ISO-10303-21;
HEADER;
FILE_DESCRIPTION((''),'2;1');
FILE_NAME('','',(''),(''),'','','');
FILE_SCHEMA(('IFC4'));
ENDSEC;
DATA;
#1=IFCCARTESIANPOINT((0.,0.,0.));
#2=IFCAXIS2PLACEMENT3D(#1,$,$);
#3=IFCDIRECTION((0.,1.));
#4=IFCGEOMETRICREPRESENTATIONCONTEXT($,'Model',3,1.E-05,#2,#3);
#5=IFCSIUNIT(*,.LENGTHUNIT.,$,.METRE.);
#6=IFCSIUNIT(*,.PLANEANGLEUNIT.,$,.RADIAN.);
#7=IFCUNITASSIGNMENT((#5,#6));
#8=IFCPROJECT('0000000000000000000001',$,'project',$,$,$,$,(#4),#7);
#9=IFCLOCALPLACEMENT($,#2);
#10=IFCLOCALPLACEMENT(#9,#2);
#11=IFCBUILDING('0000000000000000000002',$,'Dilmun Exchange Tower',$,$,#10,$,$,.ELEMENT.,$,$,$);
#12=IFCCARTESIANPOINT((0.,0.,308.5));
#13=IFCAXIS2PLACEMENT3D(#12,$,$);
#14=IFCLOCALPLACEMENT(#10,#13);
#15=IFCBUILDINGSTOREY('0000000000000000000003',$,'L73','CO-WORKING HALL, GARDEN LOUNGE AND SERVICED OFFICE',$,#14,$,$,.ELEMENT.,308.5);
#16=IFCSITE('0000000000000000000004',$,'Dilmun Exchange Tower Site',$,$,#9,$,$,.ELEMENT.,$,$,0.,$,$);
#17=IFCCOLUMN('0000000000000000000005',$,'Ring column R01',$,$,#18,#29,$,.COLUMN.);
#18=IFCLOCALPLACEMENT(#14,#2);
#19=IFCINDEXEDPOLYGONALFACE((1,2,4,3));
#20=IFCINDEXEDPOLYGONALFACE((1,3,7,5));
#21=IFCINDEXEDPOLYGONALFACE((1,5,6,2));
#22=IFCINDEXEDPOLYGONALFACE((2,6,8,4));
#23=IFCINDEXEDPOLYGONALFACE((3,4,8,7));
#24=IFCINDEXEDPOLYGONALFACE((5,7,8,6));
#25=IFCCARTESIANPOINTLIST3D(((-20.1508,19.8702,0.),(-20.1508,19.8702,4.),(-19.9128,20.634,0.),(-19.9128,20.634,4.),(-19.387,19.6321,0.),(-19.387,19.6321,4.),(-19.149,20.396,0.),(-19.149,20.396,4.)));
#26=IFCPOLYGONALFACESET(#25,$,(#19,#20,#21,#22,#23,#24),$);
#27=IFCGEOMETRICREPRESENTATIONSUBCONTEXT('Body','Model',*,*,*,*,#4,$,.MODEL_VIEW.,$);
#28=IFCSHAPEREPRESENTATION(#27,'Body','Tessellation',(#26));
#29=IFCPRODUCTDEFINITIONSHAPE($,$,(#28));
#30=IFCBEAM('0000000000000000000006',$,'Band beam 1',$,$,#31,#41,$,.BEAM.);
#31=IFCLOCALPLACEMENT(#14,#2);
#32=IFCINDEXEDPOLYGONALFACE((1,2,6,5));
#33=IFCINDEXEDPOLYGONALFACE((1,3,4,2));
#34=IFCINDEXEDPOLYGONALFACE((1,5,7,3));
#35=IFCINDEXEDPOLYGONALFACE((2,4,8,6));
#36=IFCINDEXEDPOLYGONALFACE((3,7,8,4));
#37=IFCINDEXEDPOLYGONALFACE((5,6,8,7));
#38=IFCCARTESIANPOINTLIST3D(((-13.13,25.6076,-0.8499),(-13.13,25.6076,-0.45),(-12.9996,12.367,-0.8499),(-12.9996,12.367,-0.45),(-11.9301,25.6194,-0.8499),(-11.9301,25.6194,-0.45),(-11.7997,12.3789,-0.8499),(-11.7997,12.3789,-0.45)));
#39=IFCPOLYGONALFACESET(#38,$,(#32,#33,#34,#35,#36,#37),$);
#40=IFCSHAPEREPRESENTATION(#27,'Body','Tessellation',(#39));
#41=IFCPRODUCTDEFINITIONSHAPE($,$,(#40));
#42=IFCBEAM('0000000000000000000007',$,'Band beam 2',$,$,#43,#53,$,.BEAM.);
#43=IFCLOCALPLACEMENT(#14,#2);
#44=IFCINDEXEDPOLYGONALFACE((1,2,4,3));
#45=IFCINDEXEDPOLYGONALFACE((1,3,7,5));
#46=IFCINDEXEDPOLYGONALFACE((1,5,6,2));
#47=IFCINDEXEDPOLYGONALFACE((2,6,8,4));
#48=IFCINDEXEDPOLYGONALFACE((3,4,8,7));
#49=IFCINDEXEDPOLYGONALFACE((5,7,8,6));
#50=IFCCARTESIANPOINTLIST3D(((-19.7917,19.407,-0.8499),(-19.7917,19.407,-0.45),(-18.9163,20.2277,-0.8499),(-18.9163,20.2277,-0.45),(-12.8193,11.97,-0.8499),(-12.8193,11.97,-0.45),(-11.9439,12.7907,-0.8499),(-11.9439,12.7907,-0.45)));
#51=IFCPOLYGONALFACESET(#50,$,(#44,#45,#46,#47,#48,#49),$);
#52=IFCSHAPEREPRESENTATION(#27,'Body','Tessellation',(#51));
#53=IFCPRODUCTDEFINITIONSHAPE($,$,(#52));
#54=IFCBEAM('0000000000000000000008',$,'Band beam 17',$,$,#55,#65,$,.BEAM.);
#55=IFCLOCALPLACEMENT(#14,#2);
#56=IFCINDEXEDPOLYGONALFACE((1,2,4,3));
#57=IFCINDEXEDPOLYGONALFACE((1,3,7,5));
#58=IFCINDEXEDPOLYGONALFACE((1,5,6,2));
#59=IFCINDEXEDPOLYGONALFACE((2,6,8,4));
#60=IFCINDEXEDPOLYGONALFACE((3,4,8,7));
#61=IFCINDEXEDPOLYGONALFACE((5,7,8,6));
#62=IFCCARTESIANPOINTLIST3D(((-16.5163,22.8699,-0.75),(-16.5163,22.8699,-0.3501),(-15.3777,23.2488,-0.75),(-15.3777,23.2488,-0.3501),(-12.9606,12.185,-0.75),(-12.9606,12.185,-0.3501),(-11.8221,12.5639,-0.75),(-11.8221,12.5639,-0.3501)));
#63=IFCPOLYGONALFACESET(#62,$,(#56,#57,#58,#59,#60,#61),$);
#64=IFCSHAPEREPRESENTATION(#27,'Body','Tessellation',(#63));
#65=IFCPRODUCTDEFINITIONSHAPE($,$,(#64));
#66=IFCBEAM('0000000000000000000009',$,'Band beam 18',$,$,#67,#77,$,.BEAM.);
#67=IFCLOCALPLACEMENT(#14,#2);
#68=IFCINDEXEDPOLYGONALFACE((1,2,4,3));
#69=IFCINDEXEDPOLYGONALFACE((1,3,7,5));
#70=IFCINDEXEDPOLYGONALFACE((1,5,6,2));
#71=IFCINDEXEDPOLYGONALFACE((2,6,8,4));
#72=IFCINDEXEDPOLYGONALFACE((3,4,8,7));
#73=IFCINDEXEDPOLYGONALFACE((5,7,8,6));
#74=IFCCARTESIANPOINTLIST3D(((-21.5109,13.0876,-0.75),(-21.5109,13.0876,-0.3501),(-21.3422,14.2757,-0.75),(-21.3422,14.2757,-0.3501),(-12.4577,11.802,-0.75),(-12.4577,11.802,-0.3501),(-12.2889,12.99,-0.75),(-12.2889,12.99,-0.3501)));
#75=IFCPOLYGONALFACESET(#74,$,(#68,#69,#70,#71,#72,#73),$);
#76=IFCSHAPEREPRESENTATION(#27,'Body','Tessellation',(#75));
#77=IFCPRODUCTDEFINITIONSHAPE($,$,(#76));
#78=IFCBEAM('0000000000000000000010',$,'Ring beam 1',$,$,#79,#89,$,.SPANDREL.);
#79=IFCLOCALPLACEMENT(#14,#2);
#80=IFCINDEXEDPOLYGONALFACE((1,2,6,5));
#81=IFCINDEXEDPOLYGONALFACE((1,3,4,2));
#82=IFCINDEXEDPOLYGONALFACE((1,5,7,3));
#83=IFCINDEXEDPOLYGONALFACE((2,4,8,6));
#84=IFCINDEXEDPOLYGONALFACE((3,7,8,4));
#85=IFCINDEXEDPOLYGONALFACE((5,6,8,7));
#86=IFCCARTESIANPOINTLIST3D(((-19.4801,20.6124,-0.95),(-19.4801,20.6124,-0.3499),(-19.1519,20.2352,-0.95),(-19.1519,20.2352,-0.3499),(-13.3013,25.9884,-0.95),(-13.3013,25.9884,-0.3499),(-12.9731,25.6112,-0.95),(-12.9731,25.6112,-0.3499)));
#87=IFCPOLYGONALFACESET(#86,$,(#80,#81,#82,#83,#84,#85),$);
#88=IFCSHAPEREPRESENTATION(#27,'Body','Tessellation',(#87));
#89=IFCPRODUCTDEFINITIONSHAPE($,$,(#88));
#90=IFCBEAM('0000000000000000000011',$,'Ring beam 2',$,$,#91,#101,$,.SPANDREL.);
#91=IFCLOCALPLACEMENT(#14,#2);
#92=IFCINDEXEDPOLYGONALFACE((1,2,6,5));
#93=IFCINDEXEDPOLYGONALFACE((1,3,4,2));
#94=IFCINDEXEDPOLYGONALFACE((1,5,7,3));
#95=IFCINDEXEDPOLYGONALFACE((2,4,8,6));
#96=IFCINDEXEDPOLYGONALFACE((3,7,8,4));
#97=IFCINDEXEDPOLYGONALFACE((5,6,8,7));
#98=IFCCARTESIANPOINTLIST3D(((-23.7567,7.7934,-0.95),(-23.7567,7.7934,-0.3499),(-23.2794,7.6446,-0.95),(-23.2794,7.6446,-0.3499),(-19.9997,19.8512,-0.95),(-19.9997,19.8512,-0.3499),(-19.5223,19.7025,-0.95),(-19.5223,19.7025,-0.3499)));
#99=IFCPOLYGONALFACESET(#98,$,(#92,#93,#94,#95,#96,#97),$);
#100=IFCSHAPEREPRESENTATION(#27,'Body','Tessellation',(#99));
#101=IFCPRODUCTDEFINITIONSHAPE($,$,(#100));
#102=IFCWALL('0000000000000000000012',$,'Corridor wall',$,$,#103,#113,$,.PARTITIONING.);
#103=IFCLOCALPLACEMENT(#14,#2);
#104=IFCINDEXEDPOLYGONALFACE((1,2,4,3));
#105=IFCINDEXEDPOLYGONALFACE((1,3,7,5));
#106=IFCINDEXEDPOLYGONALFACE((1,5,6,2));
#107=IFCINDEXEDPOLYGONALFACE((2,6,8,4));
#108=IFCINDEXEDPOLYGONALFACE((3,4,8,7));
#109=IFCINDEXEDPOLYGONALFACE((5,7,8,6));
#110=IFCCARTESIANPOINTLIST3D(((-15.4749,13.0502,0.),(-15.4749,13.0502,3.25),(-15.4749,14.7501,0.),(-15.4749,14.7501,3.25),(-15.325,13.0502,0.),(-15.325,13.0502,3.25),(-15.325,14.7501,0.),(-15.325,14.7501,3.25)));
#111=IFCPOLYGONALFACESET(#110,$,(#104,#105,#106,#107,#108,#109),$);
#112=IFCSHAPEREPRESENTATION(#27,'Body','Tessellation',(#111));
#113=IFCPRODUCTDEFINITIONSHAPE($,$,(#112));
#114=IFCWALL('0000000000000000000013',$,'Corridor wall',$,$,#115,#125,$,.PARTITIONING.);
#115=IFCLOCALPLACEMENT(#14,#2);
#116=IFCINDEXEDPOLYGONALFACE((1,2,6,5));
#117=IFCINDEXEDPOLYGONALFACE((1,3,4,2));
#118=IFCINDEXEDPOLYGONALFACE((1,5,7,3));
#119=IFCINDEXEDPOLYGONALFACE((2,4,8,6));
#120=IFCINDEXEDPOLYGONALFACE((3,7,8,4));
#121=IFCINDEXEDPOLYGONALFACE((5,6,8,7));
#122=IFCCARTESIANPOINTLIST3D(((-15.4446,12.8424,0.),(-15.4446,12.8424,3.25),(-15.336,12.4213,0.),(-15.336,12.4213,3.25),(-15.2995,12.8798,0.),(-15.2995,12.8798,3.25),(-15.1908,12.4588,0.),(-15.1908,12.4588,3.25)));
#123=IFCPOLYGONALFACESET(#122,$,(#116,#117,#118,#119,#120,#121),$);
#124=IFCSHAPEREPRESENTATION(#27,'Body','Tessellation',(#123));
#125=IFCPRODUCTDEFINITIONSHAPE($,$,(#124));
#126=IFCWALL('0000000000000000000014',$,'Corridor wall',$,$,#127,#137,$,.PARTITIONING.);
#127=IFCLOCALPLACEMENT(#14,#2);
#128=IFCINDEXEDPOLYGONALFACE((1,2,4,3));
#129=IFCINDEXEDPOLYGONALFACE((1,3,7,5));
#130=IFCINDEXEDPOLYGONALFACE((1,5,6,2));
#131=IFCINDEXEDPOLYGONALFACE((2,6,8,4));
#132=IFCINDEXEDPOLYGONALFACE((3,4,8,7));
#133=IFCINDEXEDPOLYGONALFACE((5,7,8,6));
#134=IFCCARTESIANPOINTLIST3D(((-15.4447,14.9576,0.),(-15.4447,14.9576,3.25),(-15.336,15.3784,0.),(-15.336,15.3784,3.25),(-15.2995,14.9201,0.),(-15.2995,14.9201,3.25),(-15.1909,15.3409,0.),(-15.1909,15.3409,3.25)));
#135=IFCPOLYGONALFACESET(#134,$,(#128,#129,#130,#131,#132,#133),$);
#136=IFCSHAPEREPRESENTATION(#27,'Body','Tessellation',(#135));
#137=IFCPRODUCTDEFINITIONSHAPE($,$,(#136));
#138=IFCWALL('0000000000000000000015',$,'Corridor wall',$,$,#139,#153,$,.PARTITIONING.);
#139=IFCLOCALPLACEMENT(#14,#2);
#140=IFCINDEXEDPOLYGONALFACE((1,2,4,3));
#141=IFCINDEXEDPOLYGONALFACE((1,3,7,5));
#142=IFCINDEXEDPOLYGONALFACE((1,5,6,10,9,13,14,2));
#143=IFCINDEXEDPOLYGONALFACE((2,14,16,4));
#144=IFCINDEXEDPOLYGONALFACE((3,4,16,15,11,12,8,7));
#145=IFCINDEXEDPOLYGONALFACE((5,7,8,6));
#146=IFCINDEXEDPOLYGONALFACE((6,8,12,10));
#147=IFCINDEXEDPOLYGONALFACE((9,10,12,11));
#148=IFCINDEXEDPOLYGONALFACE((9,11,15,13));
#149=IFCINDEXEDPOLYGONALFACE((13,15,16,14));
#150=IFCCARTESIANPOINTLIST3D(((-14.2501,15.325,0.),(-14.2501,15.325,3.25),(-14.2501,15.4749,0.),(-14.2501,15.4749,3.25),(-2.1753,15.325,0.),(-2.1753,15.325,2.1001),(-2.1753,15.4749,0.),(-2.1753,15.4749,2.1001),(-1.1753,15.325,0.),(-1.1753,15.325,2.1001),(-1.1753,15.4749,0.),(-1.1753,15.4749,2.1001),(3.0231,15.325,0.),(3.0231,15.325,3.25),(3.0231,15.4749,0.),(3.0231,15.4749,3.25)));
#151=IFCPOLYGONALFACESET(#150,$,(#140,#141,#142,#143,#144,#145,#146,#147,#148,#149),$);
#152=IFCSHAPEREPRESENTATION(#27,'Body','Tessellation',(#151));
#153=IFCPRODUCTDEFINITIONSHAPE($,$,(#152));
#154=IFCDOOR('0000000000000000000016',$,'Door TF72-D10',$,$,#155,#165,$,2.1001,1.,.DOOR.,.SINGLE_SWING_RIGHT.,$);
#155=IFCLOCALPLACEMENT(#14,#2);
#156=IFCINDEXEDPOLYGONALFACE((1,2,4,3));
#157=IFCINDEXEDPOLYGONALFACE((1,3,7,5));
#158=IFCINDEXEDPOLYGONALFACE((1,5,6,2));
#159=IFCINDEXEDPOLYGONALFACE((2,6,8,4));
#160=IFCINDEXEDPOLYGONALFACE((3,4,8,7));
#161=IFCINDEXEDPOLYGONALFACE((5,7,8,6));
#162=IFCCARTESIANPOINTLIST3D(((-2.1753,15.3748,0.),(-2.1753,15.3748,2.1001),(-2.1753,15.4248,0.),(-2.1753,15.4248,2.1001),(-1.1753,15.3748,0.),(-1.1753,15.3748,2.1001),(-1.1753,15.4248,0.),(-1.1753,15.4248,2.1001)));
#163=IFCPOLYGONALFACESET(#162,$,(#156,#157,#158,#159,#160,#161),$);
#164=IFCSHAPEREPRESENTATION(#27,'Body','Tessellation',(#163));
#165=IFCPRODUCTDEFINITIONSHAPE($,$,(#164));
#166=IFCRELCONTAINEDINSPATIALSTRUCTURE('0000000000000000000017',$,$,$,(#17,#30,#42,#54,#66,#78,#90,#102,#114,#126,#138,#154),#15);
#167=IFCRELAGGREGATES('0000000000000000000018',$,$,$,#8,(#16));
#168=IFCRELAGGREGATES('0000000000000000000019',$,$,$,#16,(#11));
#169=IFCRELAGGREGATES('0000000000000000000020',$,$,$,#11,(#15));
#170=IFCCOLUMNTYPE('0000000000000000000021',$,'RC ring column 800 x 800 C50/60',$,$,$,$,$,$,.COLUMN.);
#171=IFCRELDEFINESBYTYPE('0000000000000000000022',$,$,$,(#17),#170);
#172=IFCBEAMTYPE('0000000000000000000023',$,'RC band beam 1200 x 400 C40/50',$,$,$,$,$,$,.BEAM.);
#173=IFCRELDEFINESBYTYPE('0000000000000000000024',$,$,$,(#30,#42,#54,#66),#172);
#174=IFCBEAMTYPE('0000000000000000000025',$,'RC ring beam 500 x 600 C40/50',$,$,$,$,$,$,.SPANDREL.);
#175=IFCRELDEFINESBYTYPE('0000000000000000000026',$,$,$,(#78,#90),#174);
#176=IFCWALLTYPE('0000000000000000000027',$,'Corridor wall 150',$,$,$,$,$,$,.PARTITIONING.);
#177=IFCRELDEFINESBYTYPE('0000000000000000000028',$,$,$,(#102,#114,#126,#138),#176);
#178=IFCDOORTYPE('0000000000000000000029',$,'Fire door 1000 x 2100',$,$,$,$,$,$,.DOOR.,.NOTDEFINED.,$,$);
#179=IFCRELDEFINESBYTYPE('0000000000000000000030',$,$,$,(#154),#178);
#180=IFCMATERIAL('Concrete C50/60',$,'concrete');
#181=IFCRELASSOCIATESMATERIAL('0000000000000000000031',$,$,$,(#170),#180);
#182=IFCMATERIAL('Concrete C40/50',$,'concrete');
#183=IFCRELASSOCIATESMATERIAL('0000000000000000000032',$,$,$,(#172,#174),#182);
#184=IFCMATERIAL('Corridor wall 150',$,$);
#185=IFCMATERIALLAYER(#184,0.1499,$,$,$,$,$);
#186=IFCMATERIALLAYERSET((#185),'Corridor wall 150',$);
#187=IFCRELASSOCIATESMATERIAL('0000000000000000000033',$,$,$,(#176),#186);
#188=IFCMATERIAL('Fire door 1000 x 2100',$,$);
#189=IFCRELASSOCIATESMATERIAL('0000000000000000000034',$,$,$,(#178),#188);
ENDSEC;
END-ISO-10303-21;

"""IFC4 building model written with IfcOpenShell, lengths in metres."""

from ifc_helpers import new_model, si_unit, direction, frame, frame_2d, origin, origin_2d, place, context, subcontext, project, spatial, rectangle, extrude, material, layer, layer_set, material_profile, profile_set, type_object, element, fill, save


model = new_model("IFC4")

# Units and contexts
model_context = context("Model", 3, precision=1e-05, world=origin(), true_north=direction((0.0, 1.0)))
body_context = subcontext(model_context, "Body", "Model", "MODEL_VIEW")
ifc_project = project(units=[si_unit("LENGTHUNIT", "METRE"), si_unit("PLANEANGLEUNIT", "RADIAN")], contexts=[model_context])

# Site, building, storey
site_placement = place(None, origin())
site = spatial("IfcSite", under=ifc_project, at=site_placement, Name="Dilmun Exchange Tower Site", CompositionType="ELEMENT", RefElevation=0.0)
building_placement = place(site_placement, origin())
building = spatial("IfcBuilding", under=site, at=building_placement, Name="Dilmun Exchange Tower", CompositionType="ELEMENT")
storey_placement = place(building_placement, frame((0.0, 0.0, 308.5)))
storey = spatial("IfcBuildingStorey", under=building, at=storey_placement, Name="L73", Description="CO-WORKING HALL, GARDEN LOUNGE AND SERVICED OFFICE", CompositionType="ELEMENT", Elevation=308.5)

# Column
ifc_material_1 = material(Name="Concrete C50/60", Category="concrete")
ifc_material_profile_1 = material_profile(ifc_material_1, rectangle(XDim=0.8, YDim=0.8, at=origin_2d()), Name="800 x 800")
ifc_profile_set_1 = profile_set([ifc_material_profile_1], Name="Concrete C50/60")
column_type = type_object("IfcColumnType", Name="RC ring column 800 x 800 C50/60", PredefinedType="COLUMN", material=ifc_profile_set_1)
column_placement = place(storey_placement, frame((-19.6499, 20.1331, 0.0), z_axis=(0.0, 0.0, 1.0), x_axis=(0.297503, 0.954721, 0.0)))
element("IfcColumn", 1, at=column_placement, inside=storey, type_object=column_type, Name="Ring column R01", PredefinedType="COLUMN", context=body_context, shape_type="SweptSolid", body=[
    extrude(rectangle(XDim=0.8, YDim=0.8, at=origin_2d()), origin(), (0.0, 0.0, 1.0), 4.0),
])

# Beams
ifc_material_2 = material(Name="Concrete C40/50", Category="concrete")
ifc_material_profile_2 = material_profile(ifc_material_2, rectangle(XDim=1.2, YDim=0.3999, at=origin_2d()), Name="1200 x 400")
ifc_profile_set_2 = profile_set([ifc_material_profile_2], Name="Concrete C40/50")
beam_type_1 = type_object("IfcBeamType", Name="RC band beam 1200 x 400 C40/50", PredefinedType="BEAM", material=ifc_profile_set_2)
beam_1_placement = place(storey_placement, frame((-12.53, 25.6135, -0.6499), z_axis=(0.009846, -0.999952, 0.0), x_axis=(0.999952, 0.009846, 0.0)))
element("IfcBeam", 2, at=beam_1_placement, inside=storey, type_object=beam_type_1, Name="Band beam 1", PredefinedType="BEAM", context=body_context, shape_type="SweptSolid", body=[
    extrude(rectangle(XDim=1.2, YDim=0.3999, at=origin_2d()), origin(), (0.0, 0.0, 1.0), 13.2412),
])
beam_2_placement = place(storey_placement, frame((-19.354, 19.8174, -0.6499), z_axis=(0.683952, -0.729527, 0.0), x_axis=(0.729527, 0.683952, 0.0)))
element("IfcBeam", 3, at=beam_2_placement, inside=storey, type_object=beam_type_1, Name="Band beam 2", PredefinedType="BEAM", context=body_context, shape_type="SweptSolid", body=[
    extrude(rectangle(XDim=1.2, YDim=0.3999, at=origin_2d()), origin(), (0.0, 0.0, 1.0), 10.1943),
])
beam_3_placement = place(storey_placement, frame((-15.947, 23.0593, -0.55), z_axis=(0.315753, -0.948841, 0.0), x_axis=(0.948841, 0.315753, 0.0)))
element("IfcBeam", 4, at=beam_3_placement, inside=storey, type_object=beam_type_1, Name="Band beam 17", PredefinedType="BEAM", context=body_context, shape_type="SweptSolid", body=[
    extrude(rectangle(XDim=1.2, YDim=0.3999, at=origin_2d()), origin(), (0.0, 0.0, 1.0), 11.261),
])
beam_4_placement = place(storey_placement, frame((-21.4265, 13.6816, -0.55), z_axis=(0.990067, -0.140599, 0.0), x_axis=(0.140599, 0.990067, 0.0)))
element("IfcBeam", 5, at=beam_4_placement, inside=storey, type_object=beam_type_1, Name="Band beam 18", PredefinedType="BEAM", context=body_context, shape_type="SweptSolid", body=[
    extrude(rectangle(XDim=1.2, YDim=0.3999, at=origin_2d()), origin(), (0.0, 0.0, 1.0), 9.144),
])
ifc_material_profile_3 = material_profile(ifc_material_2, rectangle(XDim=0.5, YDim=0.6001, at=origin_2d()), Name="500 x 600")
ifc_profile_set_3 = profile_set([ifc_material_profile_3], Name="Concrete C40/50")
beam_type_2 = type_object("IfcBeamType", Name="RC ring beam 500 x 600 C40/50", PredefinedType="SPANDREL", material=ifc_profile_set_3)
beam_5_placement = place(storey_placement, frame((-13.1372, 25.7998, -0.6499), z_axis=(-0.754413, -0.6564, 0.0), x_axis=(0.6564, -0.754413, 0.0)))
element("IfcBeam", 6, at=beam_5_placement, inside=storey, type_object=beam_type_2, Name="Ring beam 1", PredefinedType="SPANDREL", context=body_context, shape_type="SweptSolid", body=[
    extrude(rectangle(XDim=0.5, YDim=0.6001, at=origin_2d()), origin(), (0.0, 0.0, 1.0), 8.1902),
])
beam_6_placement = place(storey_placement, frame((-19.761, 19.7769, -0.6499), z_axis=(-0.297481, -0.954728, 0.0), x_axis=(0.954728, -0.297481, 0.0)))
element("IfcBeam", 7, at=beam_6_placement, inside=storey, type_object=beam_type_2, Name="Ring beam 2", PredefinedType="SPANDREL", context=body_context, shape_type="SweptSolid", body=[
    extrude(rectangle(XDim=0.5, YDim=0.6001, at=origin_2d()), origin(), (0.0, 0.0, 1.0), 12.6296),
])

# Walls
ifc_material_3 = material(Name="Corridor wall 150")
ifc_layer_1 = layer(ifc_material_3, 0.1499)
ifc_layer_set_1 = layer_set([ifc_layer_1], Name="Corridor wall 150")
wall_type_1 = type_object("IfcWallType", Name="Corridor wall 150", PredefinedType="PARTITIONING", material=ifc_layer_set_1)
wall_1_placement = place(storey_placement, frame((-15.3999, 13.05, 0.0), z_axis=(0.0, 0.0, 1.0), x_axis=(0.0, 1.0, 0.0)))
element("IfcWall", 8, at=wall_1_placement, inside=storey, type_object=wall_type_1, Name="Corridor wall", PredefinedType="PARTITIONING", context=body_context, shape_type="SweptSolid", body=[
    extrude(rectangle(XDim=1.7, YDim=0.1499, at=frame_2d((0.8501, 0.0))), origin(), (0.0, 0.0, 1.0), 3.25),
])
wall_2_placement = place(storey_placement, frame((-15.2634, 12.4402, 0.0), z_axis=(0.0, 0.0, 1.0), x_axis=(-0.249929, 0.968264, 0.0)))
element("IfcWall", 9, at=wall_2_placement, inside=storey, type_object=wall_type_1, Name="Corridor wall", PredefinedType="PARTITIONING", context=body_context, shape_type="SweptSolid", body=[
    extrude(rectangle(XDim=0.4348, YDim=0.1499, at=frame_2d((0.2173, 0.0))), origin(), (0.0, 0.0, 1.0), 3.25),
])
wall_3_placement = place(storey_placement, frame((-15.2634, 15.3596, 0.0), z_axis=(0.0, 0.0, 1.0), x_axis=(-0.250065, -0.968229, 0.0)))
element("IfcWall", 10, at=wall_3_placement, inside=storey, type_object=wall_type_1, Name="Corridor wall", PredefinedType="PARTITIONING", context=body_context, shape_type="SweptSolid", body=[
    extrude(rectangle(XDim=0.4346, YDim=0.1499, at=frame_2d((0.2173, 0.0))), origin(), (0.0, 0.0, 1.0), 3.25),
])

# Wall, opening, door
wall_4_placement = place(storey_placement, frame((-14.2502, 15.3999, 0.0), z_axis=(0.0, 0.0, 1.0), x_axis=(1.0, 0.0, 0.0)))
wall_4 = element("IfcWall", 11, at=wall_4_placement, inside=storey, type_object=wall_type_1, Name="Corridor wall", PredefinedType="PARTITIONING", context=body_context, shape_type="SweptSolid", body=[
    extrude(rectangle(XDim=17.2732, YDim=0.1499, at=frame_2d((8.6367, 0.0))), origin(), (0.0, 0.0, 1.0), 3.25),
])
opening_1_placement = place(wall_4_placement, frame((12.075, 0.0, 0.0)))
opening_1 = element("IfcOpeningElement", 12, at=opening_1_placement, cuts=wall_4, PredefinedType="OPENING", context=body_context, shape_type="SweptSolid", body=[
    extrude(rectangle(XDim=1.0, YDim=2.1001, at=frame_2d((0.5, 1.05))), frame((0.0, 0.085, 0.0), z_axis=(0.0, -1.0, 0.0), x_axis=(1.0, 0.0, 0.0)), (0.0, 0.0, 1.0), 0.1699),
])
ifc_material_4 = material(Name="Fire door 1000 x 2100")
door_type_1 = type_object("IfcDoorType", Name="Fire door 1000 x 2100", OperationType="NOTDEFINED", PredefinedType="DOOR", material=ifc_material_4)
door_1_placement = place(opening_1_placement, origin())
door_1 = element("IfcDoor", 13, at=door_1_placement, inside=storey, type_object=door_type_1, Name="Door TF72-D10", OperationType="SINGLE_SWING_RIGHT", OverallHeight=2.1001, OverallWidth=1.0, PredefinedType="DOOR", context=body_context, shape_type="SweptSolid", body=[
    extrude(rectangle(XDim=1.0, YDim=2.1001, at=frame_2d((0.5, 1.05))), frame((0.0, 0.0249, 0.0), z_axis=(0.0, -1.0, 0.0), x_axis=(1.0, 0.0, 0.0)), (0.0, 0.0, 1.0), 0.05),
])
fill(opening_1, door_1)

save(model, "model.ifc")
